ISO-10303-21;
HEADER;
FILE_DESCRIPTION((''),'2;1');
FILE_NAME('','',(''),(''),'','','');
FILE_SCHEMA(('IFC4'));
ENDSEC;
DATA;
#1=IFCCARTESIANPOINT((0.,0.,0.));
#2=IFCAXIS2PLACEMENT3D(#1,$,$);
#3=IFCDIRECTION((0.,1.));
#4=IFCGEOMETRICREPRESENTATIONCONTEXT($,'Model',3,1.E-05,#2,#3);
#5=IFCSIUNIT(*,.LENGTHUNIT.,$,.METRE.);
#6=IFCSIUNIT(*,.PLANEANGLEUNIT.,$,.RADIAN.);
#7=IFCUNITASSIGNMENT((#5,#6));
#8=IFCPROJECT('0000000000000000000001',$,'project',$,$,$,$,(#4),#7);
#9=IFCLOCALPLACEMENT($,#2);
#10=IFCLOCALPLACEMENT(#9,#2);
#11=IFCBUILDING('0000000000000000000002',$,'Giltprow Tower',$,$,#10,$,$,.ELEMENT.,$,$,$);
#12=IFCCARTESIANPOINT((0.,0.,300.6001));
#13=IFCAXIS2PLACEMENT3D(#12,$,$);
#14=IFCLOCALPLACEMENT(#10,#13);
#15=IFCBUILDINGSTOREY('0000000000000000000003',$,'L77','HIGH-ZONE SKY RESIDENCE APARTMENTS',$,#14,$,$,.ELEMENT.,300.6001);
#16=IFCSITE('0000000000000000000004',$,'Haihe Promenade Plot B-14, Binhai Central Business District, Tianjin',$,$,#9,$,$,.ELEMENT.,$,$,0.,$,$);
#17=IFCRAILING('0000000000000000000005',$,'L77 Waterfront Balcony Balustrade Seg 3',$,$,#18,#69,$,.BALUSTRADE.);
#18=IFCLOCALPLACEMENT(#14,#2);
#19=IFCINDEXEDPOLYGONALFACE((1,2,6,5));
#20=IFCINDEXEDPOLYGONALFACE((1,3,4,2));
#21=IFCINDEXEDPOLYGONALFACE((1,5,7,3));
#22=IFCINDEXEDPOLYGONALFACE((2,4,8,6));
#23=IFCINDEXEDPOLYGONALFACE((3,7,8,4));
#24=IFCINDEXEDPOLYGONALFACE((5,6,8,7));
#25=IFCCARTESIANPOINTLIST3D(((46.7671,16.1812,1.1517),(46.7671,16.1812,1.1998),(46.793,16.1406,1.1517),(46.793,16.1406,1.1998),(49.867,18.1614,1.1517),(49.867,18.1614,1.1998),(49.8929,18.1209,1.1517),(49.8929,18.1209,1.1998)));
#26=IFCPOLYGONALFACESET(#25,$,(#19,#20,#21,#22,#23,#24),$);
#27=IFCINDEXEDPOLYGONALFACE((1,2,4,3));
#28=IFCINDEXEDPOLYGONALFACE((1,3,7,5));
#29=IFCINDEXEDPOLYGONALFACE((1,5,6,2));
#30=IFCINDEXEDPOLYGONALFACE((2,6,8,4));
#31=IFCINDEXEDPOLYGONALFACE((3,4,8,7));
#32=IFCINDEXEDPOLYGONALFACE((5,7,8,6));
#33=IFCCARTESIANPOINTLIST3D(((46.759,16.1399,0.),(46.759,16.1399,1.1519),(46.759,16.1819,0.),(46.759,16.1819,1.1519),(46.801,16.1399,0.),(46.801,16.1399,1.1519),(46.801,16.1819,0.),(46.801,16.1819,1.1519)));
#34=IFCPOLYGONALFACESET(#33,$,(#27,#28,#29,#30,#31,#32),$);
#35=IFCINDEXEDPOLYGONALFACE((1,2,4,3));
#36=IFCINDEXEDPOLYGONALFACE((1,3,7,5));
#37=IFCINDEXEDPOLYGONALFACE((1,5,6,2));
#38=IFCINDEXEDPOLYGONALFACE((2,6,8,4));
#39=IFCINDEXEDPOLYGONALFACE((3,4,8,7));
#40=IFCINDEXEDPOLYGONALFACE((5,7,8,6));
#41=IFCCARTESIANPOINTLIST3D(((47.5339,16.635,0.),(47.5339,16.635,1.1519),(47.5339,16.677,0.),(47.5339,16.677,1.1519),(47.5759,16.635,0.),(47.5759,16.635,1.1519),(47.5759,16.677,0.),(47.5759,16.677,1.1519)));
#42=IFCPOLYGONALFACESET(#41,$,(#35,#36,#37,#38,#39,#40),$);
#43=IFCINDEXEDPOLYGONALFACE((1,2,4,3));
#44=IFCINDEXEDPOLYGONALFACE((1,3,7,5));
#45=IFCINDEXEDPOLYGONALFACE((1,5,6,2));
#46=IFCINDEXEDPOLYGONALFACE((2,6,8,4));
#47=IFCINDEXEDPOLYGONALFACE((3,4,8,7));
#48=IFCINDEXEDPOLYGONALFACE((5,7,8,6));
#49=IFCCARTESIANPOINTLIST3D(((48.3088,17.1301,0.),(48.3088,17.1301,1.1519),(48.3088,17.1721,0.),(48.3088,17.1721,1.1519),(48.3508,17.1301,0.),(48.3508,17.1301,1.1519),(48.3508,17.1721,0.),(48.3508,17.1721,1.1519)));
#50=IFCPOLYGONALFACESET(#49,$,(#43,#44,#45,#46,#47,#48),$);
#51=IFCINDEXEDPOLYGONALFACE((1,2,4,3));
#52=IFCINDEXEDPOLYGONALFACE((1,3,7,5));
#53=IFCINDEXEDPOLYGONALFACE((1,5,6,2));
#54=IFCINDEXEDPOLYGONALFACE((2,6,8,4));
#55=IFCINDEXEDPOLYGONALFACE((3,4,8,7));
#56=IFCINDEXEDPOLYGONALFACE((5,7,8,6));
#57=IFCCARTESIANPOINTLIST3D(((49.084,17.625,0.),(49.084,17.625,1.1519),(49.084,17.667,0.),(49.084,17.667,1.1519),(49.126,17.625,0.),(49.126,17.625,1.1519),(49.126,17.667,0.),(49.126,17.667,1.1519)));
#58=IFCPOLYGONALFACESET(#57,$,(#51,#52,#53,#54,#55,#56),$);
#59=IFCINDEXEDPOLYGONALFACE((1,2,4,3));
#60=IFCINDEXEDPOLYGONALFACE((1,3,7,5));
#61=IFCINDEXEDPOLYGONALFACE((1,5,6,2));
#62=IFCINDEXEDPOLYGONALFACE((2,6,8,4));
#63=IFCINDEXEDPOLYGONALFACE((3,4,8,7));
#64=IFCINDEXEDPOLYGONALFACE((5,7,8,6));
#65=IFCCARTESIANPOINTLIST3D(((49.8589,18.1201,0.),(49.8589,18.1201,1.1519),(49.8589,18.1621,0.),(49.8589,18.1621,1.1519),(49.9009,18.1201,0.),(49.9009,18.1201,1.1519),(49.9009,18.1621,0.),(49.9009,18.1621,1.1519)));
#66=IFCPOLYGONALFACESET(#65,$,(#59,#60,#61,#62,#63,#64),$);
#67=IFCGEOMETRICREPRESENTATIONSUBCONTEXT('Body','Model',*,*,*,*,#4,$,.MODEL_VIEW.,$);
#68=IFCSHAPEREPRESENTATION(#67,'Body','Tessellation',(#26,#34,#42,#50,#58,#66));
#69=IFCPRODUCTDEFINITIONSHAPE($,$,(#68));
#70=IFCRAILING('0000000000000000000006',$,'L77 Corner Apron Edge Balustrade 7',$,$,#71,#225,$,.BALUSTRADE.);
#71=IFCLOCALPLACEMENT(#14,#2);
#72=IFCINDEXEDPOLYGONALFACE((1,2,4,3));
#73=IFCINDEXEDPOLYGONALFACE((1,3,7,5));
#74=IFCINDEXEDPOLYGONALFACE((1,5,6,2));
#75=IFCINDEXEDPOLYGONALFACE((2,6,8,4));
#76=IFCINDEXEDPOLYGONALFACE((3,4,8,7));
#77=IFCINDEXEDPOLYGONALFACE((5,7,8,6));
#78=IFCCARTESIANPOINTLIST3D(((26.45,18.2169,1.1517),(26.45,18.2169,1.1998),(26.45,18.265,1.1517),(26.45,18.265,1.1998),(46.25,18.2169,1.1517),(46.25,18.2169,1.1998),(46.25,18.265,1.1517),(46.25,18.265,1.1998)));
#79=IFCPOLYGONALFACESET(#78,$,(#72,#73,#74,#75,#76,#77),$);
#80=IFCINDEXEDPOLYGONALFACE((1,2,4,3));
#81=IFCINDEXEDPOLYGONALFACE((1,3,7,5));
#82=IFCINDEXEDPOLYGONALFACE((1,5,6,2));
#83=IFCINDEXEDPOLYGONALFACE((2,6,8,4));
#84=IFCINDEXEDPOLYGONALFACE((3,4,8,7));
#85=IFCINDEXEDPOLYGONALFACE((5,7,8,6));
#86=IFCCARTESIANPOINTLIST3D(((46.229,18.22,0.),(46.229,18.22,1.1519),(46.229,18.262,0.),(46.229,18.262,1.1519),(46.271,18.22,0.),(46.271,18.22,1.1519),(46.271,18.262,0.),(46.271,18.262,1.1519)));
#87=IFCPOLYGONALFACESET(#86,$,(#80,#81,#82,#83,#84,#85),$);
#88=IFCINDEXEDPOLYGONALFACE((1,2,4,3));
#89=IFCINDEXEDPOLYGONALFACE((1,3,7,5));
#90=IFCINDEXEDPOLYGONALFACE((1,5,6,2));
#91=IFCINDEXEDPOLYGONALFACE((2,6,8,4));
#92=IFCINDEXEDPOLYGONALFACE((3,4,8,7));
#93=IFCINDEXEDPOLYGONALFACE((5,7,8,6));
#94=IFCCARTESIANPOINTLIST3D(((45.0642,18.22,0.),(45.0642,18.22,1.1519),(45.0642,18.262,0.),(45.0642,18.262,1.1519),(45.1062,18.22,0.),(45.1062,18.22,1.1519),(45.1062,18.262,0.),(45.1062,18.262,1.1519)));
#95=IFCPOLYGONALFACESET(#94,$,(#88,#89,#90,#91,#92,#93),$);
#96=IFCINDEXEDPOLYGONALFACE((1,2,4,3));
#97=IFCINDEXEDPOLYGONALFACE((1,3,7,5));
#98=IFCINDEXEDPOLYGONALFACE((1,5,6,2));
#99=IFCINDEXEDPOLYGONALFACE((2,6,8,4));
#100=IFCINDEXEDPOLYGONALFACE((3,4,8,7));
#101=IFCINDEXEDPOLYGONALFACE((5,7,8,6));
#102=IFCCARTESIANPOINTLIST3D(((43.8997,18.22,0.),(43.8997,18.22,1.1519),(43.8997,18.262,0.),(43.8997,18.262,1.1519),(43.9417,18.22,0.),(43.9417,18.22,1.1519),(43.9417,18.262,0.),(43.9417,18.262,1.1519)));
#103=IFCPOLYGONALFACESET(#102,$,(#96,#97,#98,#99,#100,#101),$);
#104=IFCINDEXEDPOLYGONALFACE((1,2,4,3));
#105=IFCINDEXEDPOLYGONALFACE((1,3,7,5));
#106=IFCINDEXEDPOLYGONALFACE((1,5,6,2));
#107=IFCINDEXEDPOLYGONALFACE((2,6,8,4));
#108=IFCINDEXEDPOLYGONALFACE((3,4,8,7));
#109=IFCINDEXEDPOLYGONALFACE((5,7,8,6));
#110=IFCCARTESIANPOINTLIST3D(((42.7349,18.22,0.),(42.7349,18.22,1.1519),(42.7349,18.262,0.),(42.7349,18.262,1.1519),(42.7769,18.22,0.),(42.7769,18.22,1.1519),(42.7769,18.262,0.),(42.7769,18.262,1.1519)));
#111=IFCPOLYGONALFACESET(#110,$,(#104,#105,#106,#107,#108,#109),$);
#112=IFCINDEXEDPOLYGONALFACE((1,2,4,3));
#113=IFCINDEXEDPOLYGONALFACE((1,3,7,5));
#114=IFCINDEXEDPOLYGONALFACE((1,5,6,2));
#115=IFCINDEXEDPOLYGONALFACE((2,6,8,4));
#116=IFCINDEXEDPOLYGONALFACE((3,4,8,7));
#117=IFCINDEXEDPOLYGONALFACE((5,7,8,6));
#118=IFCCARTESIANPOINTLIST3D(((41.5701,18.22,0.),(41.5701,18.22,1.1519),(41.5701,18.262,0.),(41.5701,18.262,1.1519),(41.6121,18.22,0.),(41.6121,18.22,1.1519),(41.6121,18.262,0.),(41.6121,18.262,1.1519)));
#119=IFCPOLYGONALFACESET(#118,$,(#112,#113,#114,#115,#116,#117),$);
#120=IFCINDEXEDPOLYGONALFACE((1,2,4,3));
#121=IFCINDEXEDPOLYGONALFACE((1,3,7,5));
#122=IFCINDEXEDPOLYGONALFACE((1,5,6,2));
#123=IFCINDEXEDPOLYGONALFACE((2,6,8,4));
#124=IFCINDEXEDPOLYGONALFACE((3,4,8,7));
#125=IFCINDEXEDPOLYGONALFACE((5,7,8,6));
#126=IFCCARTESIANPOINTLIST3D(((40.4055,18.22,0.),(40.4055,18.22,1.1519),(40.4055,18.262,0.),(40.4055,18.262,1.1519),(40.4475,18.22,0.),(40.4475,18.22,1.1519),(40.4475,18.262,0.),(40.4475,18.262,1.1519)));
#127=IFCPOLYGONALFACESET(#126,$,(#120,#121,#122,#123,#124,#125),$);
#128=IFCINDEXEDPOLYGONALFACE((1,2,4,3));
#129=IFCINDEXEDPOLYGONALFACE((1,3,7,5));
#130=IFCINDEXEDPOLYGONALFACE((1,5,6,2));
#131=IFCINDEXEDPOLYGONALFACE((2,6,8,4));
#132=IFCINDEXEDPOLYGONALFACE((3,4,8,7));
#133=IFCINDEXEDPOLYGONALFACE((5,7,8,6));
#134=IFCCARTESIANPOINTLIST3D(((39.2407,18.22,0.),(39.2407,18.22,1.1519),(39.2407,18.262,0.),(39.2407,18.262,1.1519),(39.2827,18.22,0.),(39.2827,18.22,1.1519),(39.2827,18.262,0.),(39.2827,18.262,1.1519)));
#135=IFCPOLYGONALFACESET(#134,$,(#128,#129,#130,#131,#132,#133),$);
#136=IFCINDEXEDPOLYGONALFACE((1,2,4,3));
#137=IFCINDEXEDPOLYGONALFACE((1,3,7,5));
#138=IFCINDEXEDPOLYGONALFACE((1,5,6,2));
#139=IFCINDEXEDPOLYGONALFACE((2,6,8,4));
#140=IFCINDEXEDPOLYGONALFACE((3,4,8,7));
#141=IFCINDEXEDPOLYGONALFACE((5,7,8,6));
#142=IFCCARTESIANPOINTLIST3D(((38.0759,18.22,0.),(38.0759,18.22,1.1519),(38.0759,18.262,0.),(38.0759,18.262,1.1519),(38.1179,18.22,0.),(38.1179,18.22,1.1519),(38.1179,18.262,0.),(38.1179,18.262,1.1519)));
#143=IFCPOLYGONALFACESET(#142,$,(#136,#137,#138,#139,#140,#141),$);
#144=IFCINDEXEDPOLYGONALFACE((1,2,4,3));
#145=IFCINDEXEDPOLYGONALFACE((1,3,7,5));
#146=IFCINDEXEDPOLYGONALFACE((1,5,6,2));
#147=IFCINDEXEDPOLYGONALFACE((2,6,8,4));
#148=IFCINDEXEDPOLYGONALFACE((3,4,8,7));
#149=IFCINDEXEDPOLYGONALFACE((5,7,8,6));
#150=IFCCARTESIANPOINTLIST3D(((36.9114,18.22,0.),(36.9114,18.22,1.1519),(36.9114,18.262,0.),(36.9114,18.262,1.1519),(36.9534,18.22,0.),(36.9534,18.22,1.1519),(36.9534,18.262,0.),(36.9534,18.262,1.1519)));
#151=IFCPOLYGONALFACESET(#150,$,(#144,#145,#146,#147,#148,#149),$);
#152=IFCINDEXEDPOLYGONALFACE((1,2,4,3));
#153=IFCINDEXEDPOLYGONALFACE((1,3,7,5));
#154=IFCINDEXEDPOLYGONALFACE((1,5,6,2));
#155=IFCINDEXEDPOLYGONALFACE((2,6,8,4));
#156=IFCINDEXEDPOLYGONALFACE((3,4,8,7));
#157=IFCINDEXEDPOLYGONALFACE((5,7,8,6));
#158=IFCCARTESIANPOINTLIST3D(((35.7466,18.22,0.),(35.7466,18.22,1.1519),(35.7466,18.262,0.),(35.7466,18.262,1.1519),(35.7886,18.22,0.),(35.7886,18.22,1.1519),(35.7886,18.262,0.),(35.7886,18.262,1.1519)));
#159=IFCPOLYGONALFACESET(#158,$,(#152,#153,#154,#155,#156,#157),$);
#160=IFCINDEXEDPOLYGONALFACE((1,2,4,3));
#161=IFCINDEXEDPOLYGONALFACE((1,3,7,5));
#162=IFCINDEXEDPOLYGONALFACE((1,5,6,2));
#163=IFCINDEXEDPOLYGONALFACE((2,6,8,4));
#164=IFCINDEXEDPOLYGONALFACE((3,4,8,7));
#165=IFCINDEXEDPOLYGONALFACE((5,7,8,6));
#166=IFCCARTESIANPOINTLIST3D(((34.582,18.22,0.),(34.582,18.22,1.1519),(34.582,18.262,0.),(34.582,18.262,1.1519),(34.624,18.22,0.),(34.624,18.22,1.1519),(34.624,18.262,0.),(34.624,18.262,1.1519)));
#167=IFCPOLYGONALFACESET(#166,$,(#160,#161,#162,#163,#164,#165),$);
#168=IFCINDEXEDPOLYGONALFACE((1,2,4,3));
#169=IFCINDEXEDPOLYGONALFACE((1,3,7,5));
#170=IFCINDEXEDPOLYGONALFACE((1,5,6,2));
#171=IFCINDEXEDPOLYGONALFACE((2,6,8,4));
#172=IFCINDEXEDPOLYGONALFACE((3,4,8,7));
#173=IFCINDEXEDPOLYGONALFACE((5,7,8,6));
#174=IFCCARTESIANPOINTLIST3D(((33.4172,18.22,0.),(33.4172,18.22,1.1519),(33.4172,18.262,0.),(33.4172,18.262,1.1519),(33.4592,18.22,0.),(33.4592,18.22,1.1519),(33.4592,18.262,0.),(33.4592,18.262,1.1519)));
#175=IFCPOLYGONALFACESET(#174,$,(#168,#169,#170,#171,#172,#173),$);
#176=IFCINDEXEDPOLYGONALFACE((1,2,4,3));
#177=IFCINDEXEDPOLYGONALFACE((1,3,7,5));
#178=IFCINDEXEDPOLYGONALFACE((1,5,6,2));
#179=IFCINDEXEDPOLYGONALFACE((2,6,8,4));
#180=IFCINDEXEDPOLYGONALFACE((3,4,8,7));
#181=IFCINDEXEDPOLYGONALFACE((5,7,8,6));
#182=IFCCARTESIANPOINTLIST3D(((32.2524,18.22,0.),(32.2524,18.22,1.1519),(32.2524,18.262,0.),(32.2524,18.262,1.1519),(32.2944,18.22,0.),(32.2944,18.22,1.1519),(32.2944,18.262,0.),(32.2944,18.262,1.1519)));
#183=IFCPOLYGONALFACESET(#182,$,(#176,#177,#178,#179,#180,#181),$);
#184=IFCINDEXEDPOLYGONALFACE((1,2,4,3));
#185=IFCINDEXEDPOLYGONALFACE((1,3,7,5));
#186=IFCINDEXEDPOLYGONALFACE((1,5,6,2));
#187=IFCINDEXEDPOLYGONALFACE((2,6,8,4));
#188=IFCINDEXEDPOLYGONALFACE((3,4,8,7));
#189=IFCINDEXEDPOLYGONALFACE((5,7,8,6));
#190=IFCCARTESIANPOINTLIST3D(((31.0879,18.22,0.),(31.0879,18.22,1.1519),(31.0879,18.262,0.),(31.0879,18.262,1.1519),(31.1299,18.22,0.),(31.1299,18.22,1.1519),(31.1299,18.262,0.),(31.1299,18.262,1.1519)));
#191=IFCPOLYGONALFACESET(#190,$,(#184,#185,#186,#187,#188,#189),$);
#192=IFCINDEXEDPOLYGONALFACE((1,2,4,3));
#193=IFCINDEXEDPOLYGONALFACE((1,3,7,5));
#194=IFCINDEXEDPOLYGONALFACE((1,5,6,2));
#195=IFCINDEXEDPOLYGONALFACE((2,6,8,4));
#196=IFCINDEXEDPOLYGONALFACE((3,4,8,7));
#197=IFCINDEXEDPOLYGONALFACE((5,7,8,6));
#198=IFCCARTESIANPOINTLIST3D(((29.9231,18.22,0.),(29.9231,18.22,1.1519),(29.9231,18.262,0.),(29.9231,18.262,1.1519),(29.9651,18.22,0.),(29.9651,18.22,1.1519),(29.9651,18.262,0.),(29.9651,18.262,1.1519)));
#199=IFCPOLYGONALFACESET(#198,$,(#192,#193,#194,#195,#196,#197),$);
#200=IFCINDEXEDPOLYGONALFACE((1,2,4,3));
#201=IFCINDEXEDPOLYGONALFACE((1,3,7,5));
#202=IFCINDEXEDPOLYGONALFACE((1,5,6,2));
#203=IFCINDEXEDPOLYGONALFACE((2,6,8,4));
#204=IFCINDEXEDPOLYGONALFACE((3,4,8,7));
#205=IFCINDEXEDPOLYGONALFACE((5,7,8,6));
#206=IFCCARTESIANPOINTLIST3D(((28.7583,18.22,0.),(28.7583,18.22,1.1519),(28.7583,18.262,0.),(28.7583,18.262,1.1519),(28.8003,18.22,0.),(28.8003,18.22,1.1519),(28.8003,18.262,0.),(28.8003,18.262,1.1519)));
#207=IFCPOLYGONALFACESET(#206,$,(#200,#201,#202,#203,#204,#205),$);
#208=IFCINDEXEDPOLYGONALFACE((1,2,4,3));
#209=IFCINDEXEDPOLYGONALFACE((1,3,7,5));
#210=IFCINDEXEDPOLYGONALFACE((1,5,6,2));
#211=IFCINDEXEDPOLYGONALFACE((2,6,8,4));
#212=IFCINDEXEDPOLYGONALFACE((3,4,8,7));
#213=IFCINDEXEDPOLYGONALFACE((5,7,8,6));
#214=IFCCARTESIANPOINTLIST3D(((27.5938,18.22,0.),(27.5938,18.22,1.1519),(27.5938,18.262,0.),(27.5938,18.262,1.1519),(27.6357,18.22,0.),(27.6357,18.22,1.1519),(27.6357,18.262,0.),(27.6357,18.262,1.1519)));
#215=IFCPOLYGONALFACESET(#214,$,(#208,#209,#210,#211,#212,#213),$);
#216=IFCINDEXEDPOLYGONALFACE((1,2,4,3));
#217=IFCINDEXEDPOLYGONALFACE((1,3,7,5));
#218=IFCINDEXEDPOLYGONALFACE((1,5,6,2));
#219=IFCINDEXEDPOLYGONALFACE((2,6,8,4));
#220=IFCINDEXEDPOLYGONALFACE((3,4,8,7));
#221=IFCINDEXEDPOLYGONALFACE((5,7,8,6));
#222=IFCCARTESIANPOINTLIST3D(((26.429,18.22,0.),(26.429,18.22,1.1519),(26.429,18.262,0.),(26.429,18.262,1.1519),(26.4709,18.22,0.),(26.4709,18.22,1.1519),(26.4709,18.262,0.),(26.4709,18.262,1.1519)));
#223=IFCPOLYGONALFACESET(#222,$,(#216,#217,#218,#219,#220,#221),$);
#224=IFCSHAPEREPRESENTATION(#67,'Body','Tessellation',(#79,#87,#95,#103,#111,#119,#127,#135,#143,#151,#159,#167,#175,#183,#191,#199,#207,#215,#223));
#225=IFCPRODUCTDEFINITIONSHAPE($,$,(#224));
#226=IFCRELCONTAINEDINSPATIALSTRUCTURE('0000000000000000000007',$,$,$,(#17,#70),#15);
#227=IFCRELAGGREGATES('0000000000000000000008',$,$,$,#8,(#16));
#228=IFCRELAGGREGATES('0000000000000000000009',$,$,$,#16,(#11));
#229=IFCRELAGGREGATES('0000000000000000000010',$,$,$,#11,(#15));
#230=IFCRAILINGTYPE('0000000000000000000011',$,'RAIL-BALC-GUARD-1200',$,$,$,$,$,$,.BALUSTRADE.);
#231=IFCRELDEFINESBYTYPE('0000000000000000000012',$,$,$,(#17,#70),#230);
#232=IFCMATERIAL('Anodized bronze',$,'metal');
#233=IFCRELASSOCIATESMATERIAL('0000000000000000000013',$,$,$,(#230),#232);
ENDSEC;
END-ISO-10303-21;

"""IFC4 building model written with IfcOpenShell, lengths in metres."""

from ifc_helpers import new_model, si_unit, direction, frame, origin, origin_2d, place, context, subcontext, project, spatial, rectangle, extrude, material, type_object, element, save


model = new_model("IFC4")

# Units and contexts
model_context = context("Model", 3, precision=1e-05, world=origin(), true_north=direction((0.0, 1.0)))
body_context = subcontext(model_context, "Body", "Model", "MODEL_VIEW")
ifc_project = project(units=[si_unit("LENGTHUNIT", "METRE"), si_unit("PLANEANGLEUNIT", "RADIAN")], contexts=[model_context])

# Site, building, storey
site_placement = place(None, origin())
site = spatial("IfcSite", under=ifc_project, at=site_placement, Name="Haihe Promenade Plot B-14, Binhai Central Business District, Tianjin", CompositionType="ELEMENT", RefElevation=0.0)
building_placement = place(site_placement, origin())
building = spatial("IfcBuilding", under=site, at=building_placement, Name="Giltprow Tower", CompositionType="ELEMENT")
storey_placement = place(building_placement, frame((0.0, 0.0, 300.6001)))
storey = spatial("IfcBuildingStorey", under=building, at=storey_placement, Name="L77", Description="HIGH-ZONE SKY RESIDENCE APARTMENTS", CompositionType="ELEMENT", Elevation=300.6001)

# Railings
ifc_material_1 = material(Name="Anodized bronze", Category="metal")
railing_type = type_object("IfcRailingType", Name="RAIL-BALC-GUARD-1200", PredefinedType="BALUSTRADE", material=ifc_material_1)
railing_1_placement = place(storey_placement, frame((46.78, 16.1609, 0.0)))
element("IfcRailing", 1, at=railing_1_placement, inside=storey, type_object=railing_type, Name="L77 Waterfront Balcony Balustrade Seg 3", PredefinedType="BALUSTRADE", context=body_context, shape_type="SweptSolid", body=[
    extrude(rectangle(XDim=0.0481, YDim=0.0481, at=origin_2d()), frame((0.0, 0.0, 1.1758), z_axis=(0.842726, 0.538343, 0.0), x_axis=(-0.538343, 0.842726, 0.0)), (0.0, 0.0, 1.0), 3.6785),
    extrude(rectangle(XDim=0.042, YDim=0.042, at=origin_2d()), origin(), (0.0, 0.0, 1.0), 1.1519),
    extrude(rectangle(XDim=0.042, YDim=0.042, at=origin_2d()), frame((0.7749, 0.4951, 0.0)), (0.0, 0.0, 1.0), 1.1519),
    extrude(rectangle(XDim=0.042, YDim=0.042, at=origin_2d()), frame((1.5498, 0.9902, 0.0)), (0.0, 0.0, 1.0), 1.1519),
    extrude(rectangle(XDim=0.042, YDim=0.042, at=origin_2d()), frame((2.325, 1.4851, 0.0)), (0.0, 0.0, 1.0), 1.1519),
    extrude(rectangle(XDim=0.042, YDim=0.042, at=origin_2d()), frame((3.0999, 1.9802, 0.0)), (0.0, 0.0, 1.0), 1.1519),
])
railing_2_placement = place(storey_placement, frame((46.25, 18.241, 0.0)))
element("IfcRailing", 2, at=railing_2_placement, inside=storey, type_object=railing_type, Name="L77 Corner Apron Edge Balustrade 7", PredefinedType="BALUSTRADE", context=body_context, shape_type="SweptSolid", body=[
    extrude(rectangle(XDim=0.0481, YDim=0.0481, at=origin_2d()), frame((0.0, 0.0, 1.1758), z_axis=(-1.0, 0.0, 0.0), x_axis=(0.0, -1.0, 0.0)), (0.0, 0.0, 1.0), 19.8),
    extrude(rectangle(XDim=0.042, YDim=0.042, at=origin_2d()), origin(), (0.0, 0.0, 1.0), 1.1519),
    extrude(rectangle(XDim=0.042, YDim=0.042, at=origin_2d()), frame((-1.1648, 0.0, 0.0)), (0.0, 0.0, 1.0), 1.1519),
    extrude(rectangle(XDim=0.042, YDim=0.042, at=origin_2d()), frame((-2.3293, 0.0, 0.0)), (0.0, 0.0, 1.0), 1.1519),
    extrude(rectangle(XDim=0.042, YDim=0.042, at=origin_2d()), frame((-3.4941, 0.0, 0.0)), (0.0, 0.0, 1.0), 1.1519),
    extrude(rectangle(XDim=0.042, YDim=0.042, at=origin_2d()), frame((-4.6589, 0.0, 0.0)), (0.0, 0.0, 1.0), 1.1519),
    extrude(rectangle(XDim=0.042, YDim=0.042, at=origin_2d()), frame((-5.8235, 0.0, 0.0)), (0.0, 0.0, 1.0), 1.1519),
    extrude(rectangle(XDim=0.042, YDim=0.042, at=origin_2d()), frame((-6.9883, 0.0, 0.0)), (0.0, 0.0, 1.0), 1.1519),
    extrude(rectangle(XDim=0.042, YDim=0.042, at=origin_2d()), frame((-8.1531, 0.0, 0.0)), (0.0, 0.0, 1.0), 1.1519),
    extrude(rectangle(XDim=0.042, YDim=0.042, at=origin_2d()), frame((-9.3176, 0.0, 0.0)), (0.0, 0.0, 1.0), 1.1519),
    extrude(rectangle(XDim=0.042, YDim=0.042, at=origin_2d()), frame((-10.4824, 0.0, 0.0)), (0.0, 0.0, 1.0), 1.1519),
    extrude(rectangle(XDim=0.042, YDim=0.042, at=origin_2d()), frame((-11.647, 0.0, 0.0)), (0.0, 0.0, 1.0), 1.1519),
    extrude(rectangle(XDim=0.042, YDim=0.042, at=origin_2d()), frame((-12.8118, 0.0, 0.0)), (0.0, 0.0, 1.0), 1.1519),
    extrude(rectangle(XDim=0.042, YDim=0.042, at=origin_2d()), frame((-13.9766, 0.0, 0.0)), (0.0, 0.0, 1.0), 1.1519),
    extrude(rectangle(XDim=0.042, YDim=0.042, at=origin_2d()), frame((-15.1411, 0.0, 0.0)), (0.0, 0.0, 1.0), 1.1519),
    extrude(rectangle(XDim=0.042, YDim=0.042, at=origin_2d()), frame((-16.3059, 0.0, 0.0)), (0.0, 0.0, 1.0), 1.1519),
    extrude(rectangle(XDim=0.042, YDim=0.042, at=origin_2d()), frame((-17.4707, 0.0, 0.0)), (0.0, 0.0, 1.0), 1.1519),
    extrude(rectangle(XDim=0.042, YDim=0.042, at=origin_2d()), frame((-18.6353, 0.0, 0.0)), (0.0, 0.0, 1.0), 1.1519),
    extrude(rectangle(XDim=0.042, YDim=0.042, at=origin_2d()), frame((-19.8, 0.0, 0.0)), (0.0, 0.0, 1.0), 1.1519),
])

save(model, "model.ifc")
